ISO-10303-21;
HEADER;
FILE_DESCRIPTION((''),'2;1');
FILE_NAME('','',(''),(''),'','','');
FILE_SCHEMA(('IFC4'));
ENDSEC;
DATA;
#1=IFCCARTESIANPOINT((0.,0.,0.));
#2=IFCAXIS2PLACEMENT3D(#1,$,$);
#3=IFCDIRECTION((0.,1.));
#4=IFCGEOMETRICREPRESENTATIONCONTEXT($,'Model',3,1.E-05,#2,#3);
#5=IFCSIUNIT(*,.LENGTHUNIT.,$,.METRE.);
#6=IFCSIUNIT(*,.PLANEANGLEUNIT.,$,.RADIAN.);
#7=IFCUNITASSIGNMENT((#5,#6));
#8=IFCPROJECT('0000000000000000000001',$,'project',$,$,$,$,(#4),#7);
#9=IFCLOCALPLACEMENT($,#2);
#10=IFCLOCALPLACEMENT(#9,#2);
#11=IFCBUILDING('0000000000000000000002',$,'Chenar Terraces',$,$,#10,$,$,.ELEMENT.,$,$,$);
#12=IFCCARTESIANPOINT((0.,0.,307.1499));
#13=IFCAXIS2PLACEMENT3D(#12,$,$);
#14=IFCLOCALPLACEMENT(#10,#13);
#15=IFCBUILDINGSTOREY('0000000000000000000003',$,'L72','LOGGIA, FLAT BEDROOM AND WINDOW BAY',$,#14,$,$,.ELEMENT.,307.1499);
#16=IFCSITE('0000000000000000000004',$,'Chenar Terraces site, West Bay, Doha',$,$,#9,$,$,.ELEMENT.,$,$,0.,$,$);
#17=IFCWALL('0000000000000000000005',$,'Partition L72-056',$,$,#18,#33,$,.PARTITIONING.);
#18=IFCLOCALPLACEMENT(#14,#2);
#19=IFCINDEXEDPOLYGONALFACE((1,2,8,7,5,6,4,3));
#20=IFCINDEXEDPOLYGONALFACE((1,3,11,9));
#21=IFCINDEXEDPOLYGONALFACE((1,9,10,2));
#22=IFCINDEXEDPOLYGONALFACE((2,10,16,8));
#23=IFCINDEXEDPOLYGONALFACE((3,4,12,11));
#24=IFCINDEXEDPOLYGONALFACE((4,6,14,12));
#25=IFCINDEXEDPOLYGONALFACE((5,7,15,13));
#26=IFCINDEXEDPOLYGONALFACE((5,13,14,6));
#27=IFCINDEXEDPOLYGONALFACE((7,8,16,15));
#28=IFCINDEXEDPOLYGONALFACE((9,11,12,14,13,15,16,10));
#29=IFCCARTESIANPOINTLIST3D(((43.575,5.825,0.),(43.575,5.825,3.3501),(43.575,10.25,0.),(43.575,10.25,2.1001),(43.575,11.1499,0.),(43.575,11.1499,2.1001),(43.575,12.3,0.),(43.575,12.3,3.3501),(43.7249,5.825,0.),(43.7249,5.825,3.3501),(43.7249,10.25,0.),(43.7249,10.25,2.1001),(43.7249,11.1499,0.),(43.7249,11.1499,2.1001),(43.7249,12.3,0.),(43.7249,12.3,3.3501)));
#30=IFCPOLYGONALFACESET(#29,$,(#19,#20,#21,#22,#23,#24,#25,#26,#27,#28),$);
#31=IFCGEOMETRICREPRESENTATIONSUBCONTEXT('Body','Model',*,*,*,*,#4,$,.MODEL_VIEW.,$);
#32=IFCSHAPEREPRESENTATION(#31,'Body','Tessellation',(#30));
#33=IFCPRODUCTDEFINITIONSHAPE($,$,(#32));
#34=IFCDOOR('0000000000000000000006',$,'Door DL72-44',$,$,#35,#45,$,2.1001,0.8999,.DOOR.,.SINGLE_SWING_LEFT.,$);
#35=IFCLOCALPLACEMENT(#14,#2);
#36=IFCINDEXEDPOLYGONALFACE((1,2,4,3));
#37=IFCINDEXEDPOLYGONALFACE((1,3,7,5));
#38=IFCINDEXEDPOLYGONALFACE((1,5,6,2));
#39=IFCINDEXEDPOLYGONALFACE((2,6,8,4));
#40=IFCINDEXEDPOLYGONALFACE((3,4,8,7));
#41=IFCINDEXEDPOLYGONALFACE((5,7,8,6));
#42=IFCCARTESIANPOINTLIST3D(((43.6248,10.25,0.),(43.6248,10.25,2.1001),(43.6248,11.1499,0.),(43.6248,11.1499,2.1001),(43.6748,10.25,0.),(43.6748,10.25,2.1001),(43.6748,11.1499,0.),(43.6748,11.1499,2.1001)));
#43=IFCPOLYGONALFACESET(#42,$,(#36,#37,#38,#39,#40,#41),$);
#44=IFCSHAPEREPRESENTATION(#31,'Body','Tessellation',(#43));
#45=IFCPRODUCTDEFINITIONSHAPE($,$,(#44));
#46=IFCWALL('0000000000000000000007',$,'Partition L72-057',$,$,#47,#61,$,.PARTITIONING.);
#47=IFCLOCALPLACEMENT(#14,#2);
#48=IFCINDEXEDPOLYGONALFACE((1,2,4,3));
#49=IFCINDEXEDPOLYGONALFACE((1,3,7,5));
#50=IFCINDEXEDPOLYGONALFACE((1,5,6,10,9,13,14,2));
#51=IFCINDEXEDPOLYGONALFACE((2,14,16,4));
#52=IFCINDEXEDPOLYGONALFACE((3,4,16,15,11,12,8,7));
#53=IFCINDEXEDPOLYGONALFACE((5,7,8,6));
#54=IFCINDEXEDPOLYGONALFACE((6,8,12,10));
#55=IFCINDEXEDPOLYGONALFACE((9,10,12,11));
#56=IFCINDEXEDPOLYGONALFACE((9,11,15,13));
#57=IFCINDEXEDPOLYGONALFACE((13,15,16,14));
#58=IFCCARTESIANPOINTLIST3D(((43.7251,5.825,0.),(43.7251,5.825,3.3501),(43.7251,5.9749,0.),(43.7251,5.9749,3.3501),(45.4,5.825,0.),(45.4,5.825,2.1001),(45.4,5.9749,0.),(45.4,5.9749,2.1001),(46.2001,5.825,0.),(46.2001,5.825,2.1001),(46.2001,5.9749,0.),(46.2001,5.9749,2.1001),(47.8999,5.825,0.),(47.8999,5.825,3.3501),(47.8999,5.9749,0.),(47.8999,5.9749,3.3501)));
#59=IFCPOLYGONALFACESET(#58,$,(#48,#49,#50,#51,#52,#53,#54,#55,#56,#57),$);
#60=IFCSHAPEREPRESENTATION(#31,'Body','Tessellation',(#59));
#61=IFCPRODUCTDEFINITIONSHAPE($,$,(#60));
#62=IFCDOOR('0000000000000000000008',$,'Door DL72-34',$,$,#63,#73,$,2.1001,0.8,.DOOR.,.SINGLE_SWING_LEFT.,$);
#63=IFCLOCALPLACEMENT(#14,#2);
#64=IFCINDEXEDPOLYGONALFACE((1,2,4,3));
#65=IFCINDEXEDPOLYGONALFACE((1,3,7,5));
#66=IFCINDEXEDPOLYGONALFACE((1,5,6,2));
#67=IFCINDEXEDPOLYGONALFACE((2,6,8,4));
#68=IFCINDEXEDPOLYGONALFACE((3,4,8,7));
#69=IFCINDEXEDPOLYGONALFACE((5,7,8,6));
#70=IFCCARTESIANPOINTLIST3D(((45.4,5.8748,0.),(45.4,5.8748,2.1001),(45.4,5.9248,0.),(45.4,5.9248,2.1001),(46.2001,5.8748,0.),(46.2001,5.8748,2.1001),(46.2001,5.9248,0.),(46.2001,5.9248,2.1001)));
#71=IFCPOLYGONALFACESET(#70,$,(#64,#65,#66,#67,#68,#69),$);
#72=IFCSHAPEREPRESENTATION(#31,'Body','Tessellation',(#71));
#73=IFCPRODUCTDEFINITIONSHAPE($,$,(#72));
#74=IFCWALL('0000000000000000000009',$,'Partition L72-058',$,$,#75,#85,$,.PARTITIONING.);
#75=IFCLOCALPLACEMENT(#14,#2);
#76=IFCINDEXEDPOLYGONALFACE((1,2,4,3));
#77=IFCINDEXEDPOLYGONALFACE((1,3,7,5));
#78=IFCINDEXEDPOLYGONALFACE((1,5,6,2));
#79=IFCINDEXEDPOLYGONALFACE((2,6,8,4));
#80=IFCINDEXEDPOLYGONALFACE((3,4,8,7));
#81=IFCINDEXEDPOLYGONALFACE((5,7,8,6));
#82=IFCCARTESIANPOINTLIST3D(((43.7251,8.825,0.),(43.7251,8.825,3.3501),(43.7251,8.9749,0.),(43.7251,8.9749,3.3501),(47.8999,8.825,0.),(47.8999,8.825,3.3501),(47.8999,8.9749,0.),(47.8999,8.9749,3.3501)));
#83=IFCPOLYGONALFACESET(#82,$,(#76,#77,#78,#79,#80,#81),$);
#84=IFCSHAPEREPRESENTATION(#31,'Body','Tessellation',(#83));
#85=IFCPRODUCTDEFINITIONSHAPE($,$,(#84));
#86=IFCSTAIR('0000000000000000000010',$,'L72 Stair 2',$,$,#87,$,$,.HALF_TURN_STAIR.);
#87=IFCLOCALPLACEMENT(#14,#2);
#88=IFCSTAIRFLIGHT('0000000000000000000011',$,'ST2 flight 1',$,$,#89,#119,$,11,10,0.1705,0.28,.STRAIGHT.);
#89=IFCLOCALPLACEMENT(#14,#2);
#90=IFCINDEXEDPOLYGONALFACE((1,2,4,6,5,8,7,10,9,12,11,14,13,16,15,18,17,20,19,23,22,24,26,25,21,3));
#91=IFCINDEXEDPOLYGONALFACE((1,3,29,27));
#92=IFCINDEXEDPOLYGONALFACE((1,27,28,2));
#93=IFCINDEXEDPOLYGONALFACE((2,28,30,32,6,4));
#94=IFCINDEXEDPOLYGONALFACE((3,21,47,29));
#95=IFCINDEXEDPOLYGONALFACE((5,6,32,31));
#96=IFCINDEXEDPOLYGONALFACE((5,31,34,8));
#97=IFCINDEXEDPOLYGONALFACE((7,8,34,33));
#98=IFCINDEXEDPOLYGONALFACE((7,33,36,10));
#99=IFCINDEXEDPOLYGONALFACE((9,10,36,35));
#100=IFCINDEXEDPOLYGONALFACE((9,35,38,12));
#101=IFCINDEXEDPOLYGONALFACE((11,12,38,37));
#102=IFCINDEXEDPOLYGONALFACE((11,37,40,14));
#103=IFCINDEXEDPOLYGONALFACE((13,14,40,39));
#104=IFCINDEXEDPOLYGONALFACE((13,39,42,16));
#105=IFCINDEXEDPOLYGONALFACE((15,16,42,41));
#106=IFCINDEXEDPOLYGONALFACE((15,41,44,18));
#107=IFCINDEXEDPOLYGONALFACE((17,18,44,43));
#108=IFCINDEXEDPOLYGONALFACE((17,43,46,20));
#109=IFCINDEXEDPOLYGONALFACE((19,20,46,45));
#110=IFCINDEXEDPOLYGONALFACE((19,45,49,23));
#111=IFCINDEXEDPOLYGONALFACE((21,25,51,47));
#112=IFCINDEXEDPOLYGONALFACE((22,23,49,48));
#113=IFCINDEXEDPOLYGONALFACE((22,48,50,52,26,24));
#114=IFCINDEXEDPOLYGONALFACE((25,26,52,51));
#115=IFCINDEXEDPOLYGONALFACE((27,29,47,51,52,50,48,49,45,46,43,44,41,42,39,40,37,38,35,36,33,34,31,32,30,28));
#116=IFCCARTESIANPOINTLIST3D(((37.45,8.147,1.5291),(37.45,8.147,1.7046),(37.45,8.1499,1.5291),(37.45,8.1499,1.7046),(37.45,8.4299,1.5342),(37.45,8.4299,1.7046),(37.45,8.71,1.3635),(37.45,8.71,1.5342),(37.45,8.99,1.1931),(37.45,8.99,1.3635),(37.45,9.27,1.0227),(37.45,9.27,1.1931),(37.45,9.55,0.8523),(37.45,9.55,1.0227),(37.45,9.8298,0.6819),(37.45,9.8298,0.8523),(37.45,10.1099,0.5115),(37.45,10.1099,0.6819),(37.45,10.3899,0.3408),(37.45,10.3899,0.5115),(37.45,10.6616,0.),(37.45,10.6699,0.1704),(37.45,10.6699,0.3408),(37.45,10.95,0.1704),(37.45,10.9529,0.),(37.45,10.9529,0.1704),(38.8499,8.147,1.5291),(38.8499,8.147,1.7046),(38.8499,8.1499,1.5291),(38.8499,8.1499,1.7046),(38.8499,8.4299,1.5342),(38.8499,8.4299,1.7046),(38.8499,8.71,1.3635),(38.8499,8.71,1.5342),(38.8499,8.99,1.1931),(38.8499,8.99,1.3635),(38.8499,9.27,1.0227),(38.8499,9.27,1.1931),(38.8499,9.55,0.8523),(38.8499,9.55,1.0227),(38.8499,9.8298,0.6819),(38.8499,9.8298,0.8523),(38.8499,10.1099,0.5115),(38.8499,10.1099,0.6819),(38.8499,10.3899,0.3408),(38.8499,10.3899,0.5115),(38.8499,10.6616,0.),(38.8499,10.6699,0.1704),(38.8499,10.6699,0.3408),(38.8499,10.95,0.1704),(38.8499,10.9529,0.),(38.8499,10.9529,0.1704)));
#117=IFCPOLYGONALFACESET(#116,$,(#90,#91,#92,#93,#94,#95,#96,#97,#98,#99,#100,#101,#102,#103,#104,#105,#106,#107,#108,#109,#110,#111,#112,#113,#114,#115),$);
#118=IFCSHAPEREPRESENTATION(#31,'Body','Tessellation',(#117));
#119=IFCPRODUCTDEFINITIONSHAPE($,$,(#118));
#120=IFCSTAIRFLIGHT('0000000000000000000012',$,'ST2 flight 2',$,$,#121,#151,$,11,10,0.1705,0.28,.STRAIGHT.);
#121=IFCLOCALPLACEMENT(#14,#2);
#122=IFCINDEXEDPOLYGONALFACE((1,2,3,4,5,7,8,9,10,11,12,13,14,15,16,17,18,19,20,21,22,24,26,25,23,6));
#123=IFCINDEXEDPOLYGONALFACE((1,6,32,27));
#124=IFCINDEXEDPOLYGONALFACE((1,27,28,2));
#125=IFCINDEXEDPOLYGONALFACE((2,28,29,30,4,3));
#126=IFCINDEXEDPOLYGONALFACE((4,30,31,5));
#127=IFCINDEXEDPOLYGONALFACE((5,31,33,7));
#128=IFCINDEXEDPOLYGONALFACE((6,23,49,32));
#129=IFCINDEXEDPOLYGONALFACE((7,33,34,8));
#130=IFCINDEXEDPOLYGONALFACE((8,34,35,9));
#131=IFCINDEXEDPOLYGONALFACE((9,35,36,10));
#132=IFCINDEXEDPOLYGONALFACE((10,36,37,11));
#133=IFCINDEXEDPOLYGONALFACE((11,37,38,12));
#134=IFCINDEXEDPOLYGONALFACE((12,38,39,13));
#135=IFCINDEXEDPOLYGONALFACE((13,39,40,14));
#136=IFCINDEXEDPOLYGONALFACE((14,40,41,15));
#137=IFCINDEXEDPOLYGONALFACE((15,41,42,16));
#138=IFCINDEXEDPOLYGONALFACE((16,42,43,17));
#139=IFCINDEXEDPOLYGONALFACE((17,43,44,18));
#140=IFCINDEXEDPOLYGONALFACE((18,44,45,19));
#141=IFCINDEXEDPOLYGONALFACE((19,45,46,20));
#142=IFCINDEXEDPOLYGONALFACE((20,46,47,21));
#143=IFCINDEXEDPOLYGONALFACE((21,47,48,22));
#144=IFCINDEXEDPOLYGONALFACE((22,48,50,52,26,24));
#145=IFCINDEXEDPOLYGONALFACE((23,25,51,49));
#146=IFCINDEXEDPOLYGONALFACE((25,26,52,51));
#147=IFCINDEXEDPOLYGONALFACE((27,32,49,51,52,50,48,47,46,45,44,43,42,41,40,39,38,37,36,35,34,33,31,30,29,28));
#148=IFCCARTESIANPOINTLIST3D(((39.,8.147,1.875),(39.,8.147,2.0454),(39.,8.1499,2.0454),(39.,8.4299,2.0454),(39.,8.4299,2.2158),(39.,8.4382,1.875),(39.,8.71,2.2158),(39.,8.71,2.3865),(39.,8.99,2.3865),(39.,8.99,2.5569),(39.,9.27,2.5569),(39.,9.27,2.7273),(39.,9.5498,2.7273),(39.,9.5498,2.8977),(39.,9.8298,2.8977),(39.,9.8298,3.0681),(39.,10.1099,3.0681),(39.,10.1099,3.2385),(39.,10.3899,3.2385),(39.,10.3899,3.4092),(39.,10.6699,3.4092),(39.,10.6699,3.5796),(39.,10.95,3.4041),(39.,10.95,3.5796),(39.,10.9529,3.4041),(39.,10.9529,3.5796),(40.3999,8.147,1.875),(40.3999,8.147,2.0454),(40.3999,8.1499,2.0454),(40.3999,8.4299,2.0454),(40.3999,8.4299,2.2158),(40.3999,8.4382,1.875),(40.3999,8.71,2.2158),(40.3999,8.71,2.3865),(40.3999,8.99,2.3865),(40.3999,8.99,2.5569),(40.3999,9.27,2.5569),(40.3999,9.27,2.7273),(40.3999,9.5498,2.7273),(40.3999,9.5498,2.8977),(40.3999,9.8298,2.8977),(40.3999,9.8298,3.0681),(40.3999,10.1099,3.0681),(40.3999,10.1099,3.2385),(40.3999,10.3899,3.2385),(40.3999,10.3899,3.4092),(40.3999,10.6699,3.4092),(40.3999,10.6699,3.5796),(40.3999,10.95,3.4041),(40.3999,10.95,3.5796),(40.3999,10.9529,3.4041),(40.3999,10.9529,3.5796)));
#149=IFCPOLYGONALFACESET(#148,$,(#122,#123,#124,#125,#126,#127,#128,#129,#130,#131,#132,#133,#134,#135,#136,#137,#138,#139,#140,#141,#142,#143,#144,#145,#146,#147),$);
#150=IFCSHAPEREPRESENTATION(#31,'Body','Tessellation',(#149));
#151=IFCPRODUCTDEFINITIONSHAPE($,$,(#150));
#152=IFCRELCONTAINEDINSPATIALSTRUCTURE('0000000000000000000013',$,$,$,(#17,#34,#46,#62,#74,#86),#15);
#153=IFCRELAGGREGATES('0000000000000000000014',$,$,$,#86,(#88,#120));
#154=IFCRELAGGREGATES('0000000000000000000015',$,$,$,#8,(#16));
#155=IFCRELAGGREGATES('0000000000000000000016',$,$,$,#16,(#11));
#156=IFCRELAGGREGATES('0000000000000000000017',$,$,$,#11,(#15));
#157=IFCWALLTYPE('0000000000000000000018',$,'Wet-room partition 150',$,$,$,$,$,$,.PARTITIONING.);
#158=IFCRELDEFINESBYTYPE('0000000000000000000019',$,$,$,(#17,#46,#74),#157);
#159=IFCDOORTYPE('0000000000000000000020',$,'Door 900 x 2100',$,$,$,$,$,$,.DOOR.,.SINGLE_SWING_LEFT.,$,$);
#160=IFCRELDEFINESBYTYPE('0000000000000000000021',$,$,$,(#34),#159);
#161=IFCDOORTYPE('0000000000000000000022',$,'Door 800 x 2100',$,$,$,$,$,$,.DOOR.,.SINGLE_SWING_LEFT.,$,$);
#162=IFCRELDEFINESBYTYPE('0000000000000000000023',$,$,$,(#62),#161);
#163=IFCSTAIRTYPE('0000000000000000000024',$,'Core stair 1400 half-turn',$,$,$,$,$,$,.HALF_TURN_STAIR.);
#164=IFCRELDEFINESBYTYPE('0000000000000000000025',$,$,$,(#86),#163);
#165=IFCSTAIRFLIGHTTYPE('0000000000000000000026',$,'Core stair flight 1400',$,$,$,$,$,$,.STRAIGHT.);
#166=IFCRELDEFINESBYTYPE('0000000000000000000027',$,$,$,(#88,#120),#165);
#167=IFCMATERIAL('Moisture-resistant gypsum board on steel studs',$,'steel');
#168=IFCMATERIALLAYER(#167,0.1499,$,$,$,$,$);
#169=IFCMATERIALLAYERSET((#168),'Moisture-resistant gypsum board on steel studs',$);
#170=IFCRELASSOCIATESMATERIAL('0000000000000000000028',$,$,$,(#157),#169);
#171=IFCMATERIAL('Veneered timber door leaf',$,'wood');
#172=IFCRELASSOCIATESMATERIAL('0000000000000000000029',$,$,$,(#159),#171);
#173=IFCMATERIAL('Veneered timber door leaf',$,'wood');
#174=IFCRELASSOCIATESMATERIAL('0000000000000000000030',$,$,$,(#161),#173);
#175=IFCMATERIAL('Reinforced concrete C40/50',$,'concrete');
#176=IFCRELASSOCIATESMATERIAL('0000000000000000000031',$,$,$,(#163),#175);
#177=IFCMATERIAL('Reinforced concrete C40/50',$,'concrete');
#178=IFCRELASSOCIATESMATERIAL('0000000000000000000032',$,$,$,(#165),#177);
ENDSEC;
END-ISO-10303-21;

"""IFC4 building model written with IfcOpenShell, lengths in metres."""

from ifc_helpers import new_model, si_unit, direction, frame, frame_2d, origin, place, context, subcontext, project, spatial, polyline, rectangle, outline, extrude, material, layer, layer_set, type_object, element, fill, aggregate, save


model = new_model("IFC4")

# Units and contexts
model_context = context("Model", 3, precision=1e-05, world=origin(), true_north=direction((0.0, 1.0)))
body_context = subcontext(model_context, "Body", "Model", "MODEL_VIEW")
ifc_project = project(units=[si_unit("LENGTHUNIT", "METRE"), si_unit("PLANEANGLEUNIT", "RADIAN")], contexts=[model_context])

# Site, building, storey
site_placement = place(None, origin())
site = spatial("IfcSite", under=ifc_project, at=site_placement, Name="Chenar Terraces site, West Bay, Doha", CompositionType="ELEMENT", RefElevation=0.0)
building_placement = place(site_placement, origin())
building = spatial("IfcBuilding", under=site, at=building_placement, Name="Chenar Terraces", CompositionType="ELEMENT")
storey_placement = place(building_placement, frame((0.0, 0.0, 307.1499)))
storey = spatial("IfcBuildingStorey", under=building, at=storey_placement, Name="L72", Description="LOGGIA, FLAT BEDROOM AND WINDOW BAY", CompositionType="ELEMENT", Elevation=307.1499)

# Walls, openings, doors
ifc_material_1 = material(Name="Moisture-resistant gypsum board on steel studs", Category="steel")
ifc_layer_1 = layer(ifc_material_1, 0.1499)
ifc_layer_set_1 = layer_set([ifc_layer_1], Name="Moisture-resistant gypsum board on steel studs")
wall_type_1 = type_object("IfcWallType", Name="Wet-room partition 150", PredefinedType="PARTITIONING", material=ifc_layer_set_1)
wall_1_placement = place(storey_placement, frame((43.6499, 5.825, 0.0), z_axis=(0.0, 0.0, 1.0), x_axis=(0.0, 1.0, 0.0)))
wall_1 = element("IfcWall", 1, at=wall_1_placement, inside=storey, type_object=wall_type_1, Name="Partition L72-056", PredefinedType="PARTITIONING", context=body_context, shape_type="SweptSolid", body=[
    extrude(rectangle(XDim=6.4751, YDim=0.1499, at=frame_2d((3.2375, 0.0))), origin(), (0.0, 0.0, 1.0), 3.3501),
])
opening_1_placement = place(wall_1_placement, frame((4.425, 0.0, 0.0)))
opening_1 = element("IfcOpeningElement", 2, at=opening_1_placement, cuts=wall_1, PredefinedType="OPENING", context=body_context, shape_type="SweptSolid", body=[
    extrude(rectangle(XDim=0.8999, YDim=2.1001, at=frame_2d((0.45, 1.05))), frame((0.0, 0.085, 0.0), z_axis=(0.0, -1.0, 0.0), x_axis=(1.0, 0.0, 0.0)), (0.0, 0.0, 1.0), 0.1699),
])
ifc_material_2 = material(Name="Veneered timber door leaf", Category="wood")
door_type_1 = type_object("IfcDoorType", Name="Door 900 x 2100", OperationType="SINGLE_SWING_LEFT", PredefinedType="DOOR", material=ifc_material_2)
door_1_placement = place(opening_1_placement, frame((0.8999, 0.0, 0.0), z_axis=(0.0, 0.0, 1.0), x_axis=(-1.0, 0.0, 0.0)))
door_1 = element("IfcDoor", 3, at=door_1_placement, inside=storey, type_object=door_type_1, Name="Door DL72-44", OperationType="SINGLE_SWING_LEFT", OverallHeight=2.1001, OverallWidth=0.8999, PredefinedType="DOOR", context=body_context, shape_type="SweptSolid", body=[
    extrude(rectangle(XDim=0.8999, YDim=2.1001, at=frame_2d((0.45, 1.05))), frame((0.0, 0.0249, 0.0), z_axis=(0.0, -1.0, 0.0), x_axis=(1.0, 0.0, 0.0)), (0.0, 0.0, 1.0), 0.05),
])
fill(opening_1, door_1)
wall_2_placement = place(storey_placement, frame((43.7251, 5.8999, 0.0), z_axis=(0.0, 0.0, 1.0), x_axis=(1.0, 0.0, 0.0)))
wall_2 = element("IfcWall", 4, at=wall_2_placement, inside=storey, type_object=wall_type_1, Name="Partition L72-057", PredefinedType="PARTITIONING", context=body_context, shape_type="SweptSolid", body=[
    extrude(rectangle(XDim=4.1748, YDim=0.1499, at=frame_2d((2.0874, 0.0))), origin(), (0.0, 0.0, 1.0), 3.3501),
])
opening_2_placement = place(wall_2_placement, frame((1.675, 0.0, 0.0)))
opening_2 = element("IfcOpeningElement", 5, at=opening_2_placement, cuts=wall_2, PredefinedType="OPENING", context=body_context, shape_type="SweptSolid", body=[
    extrude(rectangle(XDim=0.8, YDim=2.1001, at=frame_2d((0.3999, 1.05))), frame((0.0, 0.085, 0.0), z_axis=(0.0, -1.0, 0.0), x_axis=(1.0, 0.0, 0.0)), (0.0, 0.0, 1.0), 0.1699),
])
ifc_material_3 = material(Name="Veneered timber door leaf", Category="wood")
door_type_2 = type_object("IfcDoorType", Name="Door 800 x 2100", OperationType="SINGLE_SWING_LEFT", PredefinedType="DOOR", material=ifc_material_3)
door_2_placement = place(opening_2_placement, origin())
door_2 = element("IfcDoor", 6, at=door_2_placement, inside=storey, type_object=door_type_2, Name="Door DL72-34", OperationType="SINGLE_SWING_LEFT", OverallHeight=2.1001, OverallWidth=0.8, PredefinedType="DOOR", context=body_context, shape_type="SweptSolid", body=[
    extrude(rectangle(XDim=0.8, YDim=2.1001, at=frame_2d((0.3999, 1.05))), frame((0.0, 0.0249, 0.0), z_axis=(0.0, -1.0, 0.0), x_axis=(1.0, 0.0, 0.0)), (0.0, 0.0, 1.0), 0.05),
])
fill(opening_2, door_2)

# Wall
wall_3_placement = place(storey_placement, frame((43.7251, 8.8999, 0.0), z_axis=(0.0, 0.0, 1.0), x_axis=(1.0, 0.0, 0.0)))
element("IfcWall", 7, at=wall_3_placement, inside=storey, type_object=wall_type_1, Name="Partition L72-058", PredefinedType="PARTITIONING", context=body_context, shape_type="SweptSolid", body=[
    extrude(rectangle(XDim=4.1748, YDim=0.1499, at=frame_2d((2.0874, 0.0))), origin(), (0.0, 0.0, 1.0), 3.3501),
])

# Stair, stair flights
ifc_material_4 = material(Name="Reinforced concrete C40/50", Category="concrete")
stair_type = type_object("IfcStairType", Name="Core stair 1400 half-turn", PredefinedType="HALF_TURN_STAIR", material=ifc_material_4)
stair_placement = place(storey_placement, origin())
stair = element("IfcStair", 8, at=stair_placement, inside=storey, type_object=stair_type, Name="L72 Stair 2", PredefinedType="HALF_TURN_STAIR")
ifc_material_5 = material(Name="Reinforced concrete C40/50", Category="concrete")
stair_flight_type = type_object("IfcStairFlightType", Name="Core stair flight 1400", PredefinedType="STRAIGHT", material=ifc_material_5)
stair_flight_1_placement = place(storey_placement, frame((38.1499, 10.95, 0.0), z_axis=(0.0, 0.0, 1.0), x_axis=(0.0, -1.0, 0.0)))
stair_flight_1 = element("IfcStairFlight", 9, at=stair_flight_1_placement, type_object=stair_flight_type, Name="ST2 flight 1", NumberOfRisers=11, NumberOfTreads=10, PredefinedType="STRAIGHT", RiserHeight=0.1705, TreadLength=0.28, context=body_context, shape_type="SweptSolid", body=[
    extrude(outline(polyline([(-0.0029, 0.0), (-0.0029, 0.1704), (0.0, 0.1704), (0.28, 0.1704), (0.28, 0.3408), (0.5601, 0.3408), (0.5601, 0.5115), (0.8401, 0.5115), (0.8401, 0.6819), (1.1201, 0.6819), (1.1201, 0.8523), (1.3999, 0.8523), (1.3999, 1.0227), (1.6799, 1.0227), (1.6799, 1.1931), (1.96, 1.1931), (1.96, 1.3635), (2.24, 1.3635), (2.24, 1.5342), (2.52, 1.5342), (2.52, 1.7046), (2.8, 1.7046), (2.803, 1.7046), (2.803, 1.5291), (2.8, 1.5291), (0.2883, 0.0), (-0.0029, 0.0)])), frame((0.0, 0.7, 0.0), z_axis=(0.0, -1.0, 0.0), x_axis=(1.0, 0.0, 0.0)), (0.0, 0.0, 1.0), 1.3999),
])
stair_flight_2_placement = place(storey_placement, frame((39.7, 8.1499, 1.875), z_axis=(0.0, 0.0, 1.0), x_axis=(0.0, 1.0, 0.0)))
stair_flight_2 = element("IfcStairFlight", 10, at=stair_flight_2_placement, type_object=stair_flight_type, Name="ST2 flight 2", NumberOfRisers=11, NumberOfTreads=10, PredefinedType="STRAIGHT", RiserHeight=0.1705, TreadLength=0.28, context=body_context, shape_type="SweptSolid", body=[
    extrude(outline(polyline([(-0.0029, 0.0), (-0.0029, 0.1704), (0.0, 0.1704), (0.28, 0.1704), (0.28, 0.3408), (0.5601, 0.3408), (0.5601, 0.5115), (0.8401, 0.5115), (0.8401, 0.6819), (1.1201, 0.6819), (1.1201, 0.8523), (1.3999, 0.8523), (1.3999, 1.0227), (1.6799, 1.0227), (1.6799, 1.1931), (1.96, 1.1931), (1.96, 1.3635), (2.24, 1.3635), (2.24, 1.5342), (2.52, 1.5342), (2.52, 1.7046), (2.8, 1.7046), (2.803, 1.7046), (2.803, 1.5291), (2.8, 1.5291), (0.2883, 0.0), (-0.0029, 0.0)])), frame((0.0, 0.7, 0.0), z_axis=(0.0, -1.0, 0.0), x_axis=(1.0, 0.0, 0.0)), (0.0, 0.0, 1.0), 1.3999),
])
aggregate(stair, [stair_flight_1, stair_flight_2])

save(model, "model.ifc")
